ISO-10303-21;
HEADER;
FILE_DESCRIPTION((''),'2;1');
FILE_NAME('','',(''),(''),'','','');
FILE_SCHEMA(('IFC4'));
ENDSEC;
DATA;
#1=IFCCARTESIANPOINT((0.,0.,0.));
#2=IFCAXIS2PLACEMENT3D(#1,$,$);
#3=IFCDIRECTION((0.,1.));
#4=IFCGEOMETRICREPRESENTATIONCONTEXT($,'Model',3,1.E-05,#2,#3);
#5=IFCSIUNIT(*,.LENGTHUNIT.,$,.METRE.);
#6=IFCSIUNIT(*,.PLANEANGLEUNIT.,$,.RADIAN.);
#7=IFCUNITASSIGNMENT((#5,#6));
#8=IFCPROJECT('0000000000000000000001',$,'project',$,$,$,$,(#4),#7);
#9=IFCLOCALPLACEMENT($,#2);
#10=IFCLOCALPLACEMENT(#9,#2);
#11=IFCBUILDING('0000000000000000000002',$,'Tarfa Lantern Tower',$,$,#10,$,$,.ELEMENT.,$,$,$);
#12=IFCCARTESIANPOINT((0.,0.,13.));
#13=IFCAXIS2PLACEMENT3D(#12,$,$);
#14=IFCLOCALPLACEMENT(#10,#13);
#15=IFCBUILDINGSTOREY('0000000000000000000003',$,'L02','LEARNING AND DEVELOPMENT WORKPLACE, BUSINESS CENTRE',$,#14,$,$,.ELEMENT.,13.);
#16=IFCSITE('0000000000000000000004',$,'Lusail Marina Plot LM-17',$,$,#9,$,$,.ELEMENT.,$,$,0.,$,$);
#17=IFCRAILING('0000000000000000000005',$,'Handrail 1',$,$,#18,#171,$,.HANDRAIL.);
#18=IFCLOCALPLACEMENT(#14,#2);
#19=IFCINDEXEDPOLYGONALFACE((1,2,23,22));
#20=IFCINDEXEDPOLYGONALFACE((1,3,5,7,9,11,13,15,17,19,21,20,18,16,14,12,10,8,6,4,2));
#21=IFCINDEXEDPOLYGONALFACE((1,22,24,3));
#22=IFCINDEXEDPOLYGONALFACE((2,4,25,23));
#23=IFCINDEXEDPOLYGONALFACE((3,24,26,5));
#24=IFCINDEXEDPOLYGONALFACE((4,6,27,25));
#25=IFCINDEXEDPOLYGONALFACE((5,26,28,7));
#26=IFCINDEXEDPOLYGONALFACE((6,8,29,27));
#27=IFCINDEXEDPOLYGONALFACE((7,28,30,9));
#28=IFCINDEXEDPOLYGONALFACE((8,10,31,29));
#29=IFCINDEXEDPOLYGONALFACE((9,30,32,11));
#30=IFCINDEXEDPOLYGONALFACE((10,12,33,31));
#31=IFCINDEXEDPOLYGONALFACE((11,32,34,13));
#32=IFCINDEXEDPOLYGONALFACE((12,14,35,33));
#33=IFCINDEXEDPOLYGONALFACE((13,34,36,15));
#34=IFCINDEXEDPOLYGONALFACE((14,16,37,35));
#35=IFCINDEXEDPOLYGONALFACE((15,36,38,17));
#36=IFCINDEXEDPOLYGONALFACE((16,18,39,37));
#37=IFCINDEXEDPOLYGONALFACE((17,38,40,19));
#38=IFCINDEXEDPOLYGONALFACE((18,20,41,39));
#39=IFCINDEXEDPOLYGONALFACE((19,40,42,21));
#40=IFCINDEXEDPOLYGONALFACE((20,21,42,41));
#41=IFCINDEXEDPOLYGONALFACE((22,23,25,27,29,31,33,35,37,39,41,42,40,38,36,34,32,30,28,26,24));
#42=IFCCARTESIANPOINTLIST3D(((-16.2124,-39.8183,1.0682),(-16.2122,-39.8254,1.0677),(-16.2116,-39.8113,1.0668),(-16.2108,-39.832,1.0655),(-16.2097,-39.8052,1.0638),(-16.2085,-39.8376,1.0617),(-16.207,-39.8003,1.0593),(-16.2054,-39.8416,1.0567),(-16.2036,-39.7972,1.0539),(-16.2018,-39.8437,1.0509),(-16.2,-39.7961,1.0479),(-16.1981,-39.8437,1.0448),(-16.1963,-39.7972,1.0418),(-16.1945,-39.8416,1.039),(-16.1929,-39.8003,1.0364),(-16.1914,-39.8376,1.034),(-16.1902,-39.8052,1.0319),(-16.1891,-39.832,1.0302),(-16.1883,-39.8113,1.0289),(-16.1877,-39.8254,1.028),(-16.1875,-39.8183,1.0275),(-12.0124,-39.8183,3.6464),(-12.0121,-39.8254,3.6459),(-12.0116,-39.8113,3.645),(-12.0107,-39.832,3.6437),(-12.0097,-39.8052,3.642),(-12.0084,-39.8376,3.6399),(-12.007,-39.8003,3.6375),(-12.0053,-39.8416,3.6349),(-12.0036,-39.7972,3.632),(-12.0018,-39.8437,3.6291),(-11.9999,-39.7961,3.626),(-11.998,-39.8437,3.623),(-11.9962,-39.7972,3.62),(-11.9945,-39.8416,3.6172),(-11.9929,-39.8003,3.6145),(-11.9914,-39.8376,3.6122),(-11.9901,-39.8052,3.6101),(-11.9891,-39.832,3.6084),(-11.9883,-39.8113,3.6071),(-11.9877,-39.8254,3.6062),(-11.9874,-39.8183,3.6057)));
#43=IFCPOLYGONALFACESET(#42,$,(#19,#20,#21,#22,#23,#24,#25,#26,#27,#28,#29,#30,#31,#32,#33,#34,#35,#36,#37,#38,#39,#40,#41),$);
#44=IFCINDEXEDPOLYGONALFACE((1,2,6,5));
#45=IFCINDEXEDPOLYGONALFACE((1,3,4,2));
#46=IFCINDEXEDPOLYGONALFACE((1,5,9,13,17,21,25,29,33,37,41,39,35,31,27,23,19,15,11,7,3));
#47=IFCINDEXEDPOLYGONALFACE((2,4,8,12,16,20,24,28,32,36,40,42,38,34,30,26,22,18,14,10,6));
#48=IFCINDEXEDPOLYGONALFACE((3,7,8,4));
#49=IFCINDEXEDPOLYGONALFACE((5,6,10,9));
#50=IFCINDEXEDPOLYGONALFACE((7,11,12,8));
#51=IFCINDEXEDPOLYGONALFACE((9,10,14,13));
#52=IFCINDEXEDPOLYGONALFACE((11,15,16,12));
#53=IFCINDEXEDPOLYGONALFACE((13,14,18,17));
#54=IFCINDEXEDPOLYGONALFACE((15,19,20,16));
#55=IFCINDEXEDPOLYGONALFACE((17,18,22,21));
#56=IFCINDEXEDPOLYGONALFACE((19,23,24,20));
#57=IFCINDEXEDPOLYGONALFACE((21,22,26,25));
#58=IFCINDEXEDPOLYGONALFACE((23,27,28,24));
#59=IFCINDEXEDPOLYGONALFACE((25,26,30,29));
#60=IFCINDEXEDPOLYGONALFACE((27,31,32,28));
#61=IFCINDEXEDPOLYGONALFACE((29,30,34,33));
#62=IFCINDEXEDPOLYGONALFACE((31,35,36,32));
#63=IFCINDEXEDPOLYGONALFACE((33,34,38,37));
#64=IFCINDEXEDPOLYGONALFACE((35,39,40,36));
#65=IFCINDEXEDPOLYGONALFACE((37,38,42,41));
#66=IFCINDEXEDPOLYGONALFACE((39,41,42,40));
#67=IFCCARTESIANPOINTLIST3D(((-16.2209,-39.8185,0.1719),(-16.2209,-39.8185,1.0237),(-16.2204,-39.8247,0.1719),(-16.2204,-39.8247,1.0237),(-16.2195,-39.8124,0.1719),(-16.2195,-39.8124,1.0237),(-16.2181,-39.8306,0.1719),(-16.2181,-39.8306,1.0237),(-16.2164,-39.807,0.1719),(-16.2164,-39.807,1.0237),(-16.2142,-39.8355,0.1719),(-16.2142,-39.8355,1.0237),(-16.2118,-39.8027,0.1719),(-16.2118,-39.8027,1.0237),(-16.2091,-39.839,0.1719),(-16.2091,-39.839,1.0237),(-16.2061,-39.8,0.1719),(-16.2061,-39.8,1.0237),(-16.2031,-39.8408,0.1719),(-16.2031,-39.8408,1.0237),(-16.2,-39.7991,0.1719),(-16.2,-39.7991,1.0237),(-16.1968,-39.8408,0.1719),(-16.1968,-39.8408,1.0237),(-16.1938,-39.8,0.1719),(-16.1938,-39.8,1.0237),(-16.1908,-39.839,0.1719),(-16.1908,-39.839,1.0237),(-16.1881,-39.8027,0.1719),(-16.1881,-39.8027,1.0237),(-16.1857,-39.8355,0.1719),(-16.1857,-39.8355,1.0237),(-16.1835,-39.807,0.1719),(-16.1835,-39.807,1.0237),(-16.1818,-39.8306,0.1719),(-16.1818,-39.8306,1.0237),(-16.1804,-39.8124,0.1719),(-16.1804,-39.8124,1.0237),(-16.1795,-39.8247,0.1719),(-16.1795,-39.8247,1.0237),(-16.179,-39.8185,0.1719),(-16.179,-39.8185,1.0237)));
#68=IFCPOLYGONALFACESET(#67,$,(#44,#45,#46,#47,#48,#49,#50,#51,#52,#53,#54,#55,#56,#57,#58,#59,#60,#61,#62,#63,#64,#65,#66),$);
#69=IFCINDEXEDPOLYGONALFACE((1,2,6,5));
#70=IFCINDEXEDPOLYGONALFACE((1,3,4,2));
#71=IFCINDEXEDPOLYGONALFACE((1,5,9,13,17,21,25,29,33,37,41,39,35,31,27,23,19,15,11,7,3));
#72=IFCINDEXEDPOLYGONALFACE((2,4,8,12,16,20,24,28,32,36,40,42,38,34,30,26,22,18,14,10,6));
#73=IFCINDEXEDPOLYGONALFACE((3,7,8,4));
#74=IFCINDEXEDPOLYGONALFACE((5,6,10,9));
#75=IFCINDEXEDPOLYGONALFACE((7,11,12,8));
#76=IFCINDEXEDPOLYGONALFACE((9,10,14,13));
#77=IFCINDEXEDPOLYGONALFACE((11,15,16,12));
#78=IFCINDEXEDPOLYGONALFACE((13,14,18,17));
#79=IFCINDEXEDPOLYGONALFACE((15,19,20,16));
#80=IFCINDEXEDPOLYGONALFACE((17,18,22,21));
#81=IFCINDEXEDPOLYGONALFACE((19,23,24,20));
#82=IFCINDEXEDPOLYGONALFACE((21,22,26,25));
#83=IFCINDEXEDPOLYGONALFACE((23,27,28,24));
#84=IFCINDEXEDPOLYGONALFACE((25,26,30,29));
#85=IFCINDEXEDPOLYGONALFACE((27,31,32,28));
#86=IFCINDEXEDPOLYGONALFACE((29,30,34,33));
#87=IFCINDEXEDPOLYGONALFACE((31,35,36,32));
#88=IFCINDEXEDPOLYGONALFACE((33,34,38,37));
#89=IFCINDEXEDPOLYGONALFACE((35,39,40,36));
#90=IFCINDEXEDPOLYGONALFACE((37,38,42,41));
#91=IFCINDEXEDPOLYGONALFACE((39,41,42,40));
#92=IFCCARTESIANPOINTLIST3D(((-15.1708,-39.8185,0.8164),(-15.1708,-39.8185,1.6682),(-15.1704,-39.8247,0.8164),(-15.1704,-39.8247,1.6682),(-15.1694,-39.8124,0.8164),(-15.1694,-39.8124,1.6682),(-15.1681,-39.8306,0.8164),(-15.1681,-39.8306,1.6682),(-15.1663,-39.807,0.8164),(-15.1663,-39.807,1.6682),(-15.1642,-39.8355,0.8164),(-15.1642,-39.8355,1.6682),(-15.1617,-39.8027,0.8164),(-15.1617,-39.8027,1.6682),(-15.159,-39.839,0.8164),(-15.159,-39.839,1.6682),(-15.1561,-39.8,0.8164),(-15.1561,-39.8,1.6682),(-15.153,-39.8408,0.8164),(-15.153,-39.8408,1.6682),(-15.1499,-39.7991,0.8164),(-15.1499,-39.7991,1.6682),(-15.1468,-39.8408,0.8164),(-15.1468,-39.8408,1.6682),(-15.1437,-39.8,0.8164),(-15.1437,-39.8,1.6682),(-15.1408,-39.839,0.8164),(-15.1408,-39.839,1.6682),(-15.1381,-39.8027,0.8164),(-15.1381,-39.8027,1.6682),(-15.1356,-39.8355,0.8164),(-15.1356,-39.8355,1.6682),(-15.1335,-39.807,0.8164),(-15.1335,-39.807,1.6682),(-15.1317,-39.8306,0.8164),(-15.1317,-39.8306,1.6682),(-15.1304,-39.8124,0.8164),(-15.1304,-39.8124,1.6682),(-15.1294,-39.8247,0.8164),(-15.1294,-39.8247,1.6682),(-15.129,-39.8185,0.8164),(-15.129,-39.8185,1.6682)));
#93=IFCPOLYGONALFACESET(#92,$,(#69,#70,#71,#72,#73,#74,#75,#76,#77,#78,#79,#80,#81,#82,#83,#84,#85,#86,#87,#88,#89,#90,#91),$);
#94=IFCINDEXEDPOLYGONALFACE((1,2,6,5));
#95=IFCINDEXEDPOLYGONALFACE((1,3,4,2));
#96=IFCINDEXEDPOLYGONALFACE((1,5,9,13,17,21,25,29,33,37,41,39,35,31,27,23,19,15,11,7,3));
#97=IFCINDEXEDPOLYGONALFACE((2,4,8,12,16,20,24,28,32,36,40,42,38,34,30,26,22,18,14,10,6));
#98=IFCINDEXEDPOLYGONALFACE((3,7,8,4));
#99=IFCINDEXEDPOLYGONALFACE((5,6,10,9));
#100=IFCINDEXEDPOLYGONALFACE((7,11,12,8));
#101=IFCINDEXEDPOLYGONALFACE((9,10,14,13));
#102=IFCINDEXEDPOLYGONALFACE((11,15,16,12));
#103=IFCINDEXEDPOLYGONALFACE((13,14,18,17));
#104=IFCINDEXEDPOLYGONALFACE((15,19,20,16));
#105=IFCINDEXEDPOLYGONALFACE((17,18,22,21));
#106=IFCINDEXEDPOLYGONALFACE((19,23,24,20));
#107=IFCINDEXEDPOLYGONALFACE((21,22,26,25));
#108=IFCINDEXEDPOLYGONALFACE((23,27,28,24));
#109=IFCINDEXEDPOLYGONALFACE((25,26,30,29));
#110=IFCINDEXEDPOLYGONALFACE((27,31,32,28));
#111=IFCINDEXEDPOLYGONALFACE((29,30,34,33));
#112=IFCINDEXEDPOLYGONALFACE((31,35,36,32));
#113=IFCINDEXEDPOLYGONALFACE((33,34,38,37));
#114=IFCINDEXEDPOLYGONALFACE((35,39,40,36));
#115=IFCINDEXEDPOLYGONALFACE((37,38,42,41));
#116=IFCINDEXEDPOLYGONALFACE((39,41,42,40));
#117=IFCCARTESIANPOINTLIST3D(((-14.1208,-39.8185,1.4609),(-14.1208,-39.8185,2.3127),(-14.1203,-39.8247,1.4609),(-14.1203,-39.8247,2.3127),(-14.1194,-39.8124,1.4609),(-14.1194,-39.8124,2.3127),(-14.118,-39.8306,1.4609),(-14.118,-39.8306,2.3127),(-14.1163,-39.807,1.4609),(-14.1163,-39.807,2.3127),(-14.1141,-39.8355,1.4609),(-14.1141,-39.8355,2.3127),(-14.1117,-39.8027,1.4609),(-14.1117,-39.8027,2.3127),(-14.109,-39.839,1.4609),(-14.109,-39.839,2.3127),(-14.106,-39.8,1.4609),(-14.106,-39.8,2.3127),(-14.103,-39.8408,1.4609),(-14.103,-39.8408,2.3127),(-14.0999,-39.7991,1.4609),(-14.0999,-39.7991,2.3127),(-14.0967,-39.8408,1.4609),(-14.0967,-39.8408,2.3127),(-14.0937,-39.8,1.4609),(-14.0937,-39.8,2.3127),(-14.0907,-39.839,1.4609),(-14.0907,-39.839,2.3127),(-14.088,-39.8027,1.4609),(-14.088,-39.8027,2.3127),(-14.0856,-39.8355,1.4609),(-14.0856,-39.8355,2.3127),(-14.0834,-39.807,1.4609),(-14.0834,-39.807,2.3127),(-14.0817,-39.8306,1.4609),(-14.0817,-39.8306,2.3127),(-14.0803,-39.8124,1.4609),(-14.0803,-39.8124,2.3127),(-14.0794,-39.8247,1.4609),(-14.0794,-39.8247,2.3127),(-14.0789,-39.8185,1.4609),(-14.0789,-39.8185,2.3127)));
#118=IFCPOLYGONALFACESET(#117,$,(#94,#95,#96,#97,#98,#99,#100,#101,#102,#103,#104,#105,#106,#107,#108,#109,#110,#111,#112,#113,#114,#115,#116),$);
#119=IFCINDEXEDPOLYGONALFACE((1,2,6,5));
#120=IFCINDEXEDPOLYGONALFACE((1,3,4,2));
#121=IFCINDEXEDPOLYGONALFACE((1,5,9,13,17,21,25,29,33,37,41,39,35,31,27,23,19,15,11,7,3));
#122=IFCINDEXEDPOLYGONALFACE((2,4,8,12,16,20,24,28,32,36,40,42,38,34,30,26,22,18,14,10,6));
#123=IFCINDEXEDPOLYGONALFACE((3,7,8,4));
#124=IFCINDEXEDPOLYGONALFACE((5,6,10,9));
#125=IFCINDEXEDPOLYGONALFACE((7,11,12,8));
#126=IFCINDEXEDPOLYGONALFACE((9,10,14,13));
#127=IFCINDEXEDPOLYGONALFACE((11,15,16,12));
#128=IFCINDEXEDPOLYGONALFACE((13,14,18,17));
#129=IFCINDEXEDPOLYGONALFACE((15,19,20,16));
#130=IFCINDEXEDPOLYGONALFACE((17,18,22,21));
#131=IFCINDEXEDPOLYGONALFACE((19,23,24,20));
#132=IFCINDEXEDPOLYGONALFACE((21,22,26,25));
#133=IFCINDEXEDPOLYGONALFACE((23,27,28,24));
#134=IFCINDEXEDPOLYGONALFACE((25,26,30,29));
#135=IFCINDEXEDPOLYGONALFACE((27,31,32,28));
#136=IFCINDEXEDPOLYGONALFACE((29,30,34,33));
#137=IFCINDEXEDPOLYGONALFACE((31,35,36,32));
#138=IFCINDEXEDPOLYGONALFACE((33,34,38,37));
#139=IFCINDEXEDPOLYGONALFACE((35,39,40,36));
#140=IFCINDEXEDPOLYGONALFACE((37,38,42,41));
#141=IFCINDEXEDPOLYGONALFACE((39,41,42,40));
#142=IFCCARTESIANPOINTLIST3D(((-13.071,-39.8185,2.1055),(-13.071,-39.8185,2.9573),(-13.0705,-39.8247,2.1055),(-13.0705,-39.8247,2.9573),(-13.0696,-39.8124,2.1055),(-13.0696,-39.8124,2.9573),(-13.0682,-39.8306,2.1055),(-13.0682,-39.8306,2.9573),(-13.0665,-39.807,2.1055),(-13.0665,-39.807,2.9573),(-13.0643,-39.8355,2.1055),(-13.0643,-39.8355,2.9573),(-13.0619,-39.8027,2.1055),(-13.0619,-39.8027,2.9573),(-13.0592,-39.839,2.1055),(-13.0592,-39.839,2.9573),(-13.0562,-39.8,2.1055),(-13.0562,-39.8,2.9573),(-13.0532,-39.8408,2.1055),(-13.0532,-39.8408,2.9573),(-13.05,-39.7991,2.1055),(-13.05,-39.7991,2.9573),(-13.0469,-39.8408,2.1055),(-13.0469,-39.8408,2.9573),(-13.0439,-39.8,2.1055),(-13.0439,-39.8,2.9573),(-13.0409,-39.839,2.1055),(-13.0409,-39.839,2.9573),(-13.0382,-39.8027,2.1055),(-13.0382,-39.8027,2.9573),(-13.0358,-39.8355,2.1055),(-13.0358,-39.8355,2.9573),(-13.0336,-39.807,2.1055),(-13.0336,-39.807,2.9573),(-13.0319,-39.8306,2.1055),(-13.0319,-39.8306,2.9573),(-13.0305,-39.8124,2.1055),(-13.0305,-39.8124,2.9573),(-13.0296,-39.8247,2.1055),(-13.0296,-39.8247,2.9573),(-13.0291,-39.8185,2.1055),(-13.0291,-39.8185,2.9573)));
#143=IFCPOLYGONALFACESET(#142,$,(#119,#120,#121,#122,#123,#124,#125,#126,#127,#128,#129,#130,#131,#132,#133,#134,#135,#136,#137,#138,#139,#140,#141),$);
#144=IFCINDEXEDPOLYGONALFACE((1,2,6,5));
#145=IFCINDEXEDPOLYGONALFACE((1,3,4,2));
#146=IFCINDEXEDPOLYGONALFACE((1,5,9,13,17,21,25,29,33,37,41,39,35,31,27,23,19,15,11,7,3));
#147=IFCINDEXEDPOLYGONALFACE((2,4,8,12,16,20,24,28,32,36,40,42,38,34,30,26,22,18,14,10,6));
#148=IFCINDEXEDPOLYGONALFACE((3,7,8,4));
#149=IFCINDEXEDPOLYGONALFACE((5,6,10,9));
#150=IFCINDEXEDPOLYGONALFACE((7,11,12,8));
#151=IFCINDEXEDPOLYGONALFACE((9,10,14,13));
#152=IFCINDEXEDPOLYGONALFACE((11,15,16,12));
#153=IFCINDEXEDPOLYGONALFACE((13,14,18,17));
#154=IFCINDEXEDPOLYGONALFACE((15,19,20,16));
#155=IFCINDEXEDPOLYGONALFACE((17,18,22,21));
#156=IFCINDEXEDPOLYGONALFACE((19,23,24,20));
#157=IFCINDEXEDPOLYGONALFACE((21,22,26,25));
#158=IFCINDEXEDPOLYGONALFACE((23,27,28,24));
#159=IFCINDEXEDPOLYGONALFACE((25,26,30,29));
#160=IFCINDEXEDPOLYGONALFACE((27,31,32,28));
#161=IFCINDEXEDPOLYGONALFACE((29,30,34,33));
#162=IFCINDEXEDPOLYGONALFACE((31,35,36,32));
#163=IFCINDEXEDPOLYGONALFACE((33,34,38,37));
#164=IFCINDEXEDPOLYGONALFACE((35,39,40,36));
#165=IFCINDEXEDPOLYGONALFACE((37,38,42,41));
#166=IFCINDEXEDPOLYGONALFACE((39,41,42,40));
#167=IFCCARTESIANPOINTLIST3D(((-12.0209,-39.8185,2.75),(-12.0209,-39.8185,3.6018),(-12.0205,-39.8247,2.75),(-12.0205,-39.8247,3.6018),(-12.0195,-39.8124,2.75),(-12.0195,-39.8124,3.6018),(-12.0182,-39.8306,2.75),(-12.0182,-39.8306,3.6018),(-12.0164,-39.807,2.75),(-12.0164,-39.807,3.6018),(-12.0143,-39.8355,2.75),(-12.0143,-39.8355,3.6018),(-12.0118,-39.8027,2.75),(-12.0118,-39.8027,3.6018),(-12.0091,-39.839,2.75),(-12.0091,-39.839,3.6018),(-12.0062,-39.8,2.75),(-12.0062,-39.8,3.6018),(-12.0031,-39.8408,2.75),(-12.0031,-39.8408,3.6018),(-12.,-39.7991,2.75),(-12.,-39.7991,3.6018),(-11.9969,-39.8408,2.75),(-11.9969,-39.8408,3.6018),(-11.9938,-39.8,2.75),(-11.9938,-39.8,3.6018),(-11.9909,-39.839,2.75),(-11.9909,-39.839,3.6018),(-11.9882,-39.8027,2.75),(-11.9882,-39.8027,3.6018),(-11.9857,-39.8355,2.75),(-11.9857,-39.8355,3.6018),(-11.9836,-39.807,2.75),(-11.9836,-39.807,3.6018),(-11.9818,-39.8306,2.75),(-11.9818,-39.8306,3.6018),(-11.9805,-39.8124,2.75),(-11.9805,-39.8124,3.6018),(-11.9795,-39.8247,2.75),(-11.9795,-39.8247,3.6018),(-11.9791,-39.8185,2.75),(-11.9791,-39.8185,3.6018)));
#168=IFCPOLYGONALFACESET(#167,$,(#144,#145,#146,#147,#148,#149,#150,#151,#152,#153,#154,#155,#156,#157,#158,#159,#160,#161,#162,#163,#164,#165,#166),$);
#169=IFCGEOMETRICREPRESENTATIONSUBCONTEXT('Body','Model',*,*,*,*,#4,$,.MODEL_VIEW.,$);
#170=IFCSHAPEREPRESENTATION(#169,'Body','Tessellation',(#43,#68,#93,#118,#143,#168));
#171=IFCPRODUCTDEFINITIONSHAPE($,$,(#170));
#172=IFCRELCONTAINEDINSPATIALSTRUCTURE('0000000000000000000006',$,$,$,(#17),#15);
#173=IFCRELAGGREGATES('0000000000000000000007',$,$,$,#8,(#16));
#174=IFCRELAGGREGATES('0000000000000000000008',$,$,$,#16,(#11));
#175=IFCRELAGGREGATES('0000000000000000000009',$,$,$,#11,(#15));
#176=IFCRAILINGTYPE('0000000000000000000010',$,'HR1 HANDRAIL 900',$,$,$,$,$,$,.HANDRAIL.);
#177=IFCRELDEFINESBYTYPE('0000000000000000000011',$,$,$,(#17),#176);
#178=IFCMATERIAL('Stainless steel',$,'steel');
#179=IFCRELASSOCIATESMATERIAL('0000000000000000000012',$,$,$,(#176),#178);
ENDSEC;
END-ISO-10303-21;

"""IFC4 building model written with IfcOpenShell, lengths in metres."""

from ifc_helpers import new_model, si_unit, direction, frame, origin, origin_2d, place, context, subcontext, project, spatial, circle, extrude, material, type_object, element, save


model = new_model("IFC4")

# Units and contexts
model_context = context("Model", 3, precision=1e-05, world=origin(), true_north=direction((0.0, 1.0)))
body_context = subcontext(model_context, "Body", "Model", "MODEL_VIEW")
ifc_project = project(units=[si_unit("LENGTHUNIT", "METRE"), si_unit("PLANEANGLEUNIT", "RADIAN")], contexts=[model_context])

# Site, building, storey
site_placement = place(None, origin())
site = spatial("IfcSite", under=ifc_project, at=site_placement, Name="Lusail Marina Plot LM-17", CompositionType="ELEMENT", RefElevation=0.0)
building_placement = place(site_placement, origin())
building = spatial("IfcBuilding", under=site, at=building_placement, Name="Tarfa Lantern Tower", CompositionType="ELEMENT")
storey_placement = place(building_placement, frame((0.0, 0.0, 13.0)))
storey = spatial("IfcBuildingStorey", under=building, at=storey_placement, Name="L02", Description="LEARNING AND DEVELOPMENT WORKPLACE, BUSINESS CENTRE", CompositionType="ELEMENT", Elevation=13.0)

# Railing
ifc_material_1 = material(Name="Stainless steel", Category="steel")
railing_type = type_object("IfcRailingType", Name="HR1 HANDRAIL 900", PredefinedType="HANDRAIL", material=ifc_material_1)
railing_1_placement = place(storey_placement, frame((-16.2, -39.8201, 0.1719)))
element("IfcRailing", 1, at=railing_1_placement, inside=storey, type_object=railing_type, Name="Handrail 1", PredefinedType="HANDRAIL", context=body_context, shape_type="SweptSolid", body=[
    extrude(circle(Radius=0.0239, at=origin_2d()), frame((0.0, 0.0, 0.876), z_axis=(0.852243, 0.0, 0.523146), x_axis=(0.0, 1.0, 0.0)), (0.0, 0.0, 1.0), 4.9282),
    extrude(circle(Radius=0.021, at=origin_2d()), frame((0.0, 0.0, 0.0), z_axis=(0.0, 0.0, 1.0), x_axis=(0.0, 1.0, 0.0)), (0.0, 0.0, 1.0), 0.8518),
    extrude(circle(Radius=0.021, at=origin_2d()), frame((1.05, 0.0, 0.6445), z_axis=(0.0, 0.0, 1.0), x_axis=(0.0, 1.0, 0.0)), (0.0, 0.0, 1.0), 0.8518),
    extrude(circle(Radius=0.021, at=origin_2d()), frame((2.1001, 0.0, 1.2891), z_axis=(0.0, 0.0, 1.0), x_axis=(0.0, 1.0, 0.0)), (0.0, 0.0, 1.0), 0.8518),
    extrude(circle(Radius=0.021, at=origin_2d()), frame((3.1499, 0.0, 1.9336), z_axis=(0.0, 0.0, 1.0), x_axis=(0.0, 1.0, 0.0)), (0.0, 0.0, 1.0), 0.8518),
    extrude(circle(Radius=0.021, at=origin_2d()), frame((4.2, 0.0, 2.5781), z_axis=(0.0, 0.0, 1.0), x_axis=(0.0, 1.0, 0.0)), (0.0, 0.0, 1.0), 0.8518),
])

save(model, "model.ifc")
